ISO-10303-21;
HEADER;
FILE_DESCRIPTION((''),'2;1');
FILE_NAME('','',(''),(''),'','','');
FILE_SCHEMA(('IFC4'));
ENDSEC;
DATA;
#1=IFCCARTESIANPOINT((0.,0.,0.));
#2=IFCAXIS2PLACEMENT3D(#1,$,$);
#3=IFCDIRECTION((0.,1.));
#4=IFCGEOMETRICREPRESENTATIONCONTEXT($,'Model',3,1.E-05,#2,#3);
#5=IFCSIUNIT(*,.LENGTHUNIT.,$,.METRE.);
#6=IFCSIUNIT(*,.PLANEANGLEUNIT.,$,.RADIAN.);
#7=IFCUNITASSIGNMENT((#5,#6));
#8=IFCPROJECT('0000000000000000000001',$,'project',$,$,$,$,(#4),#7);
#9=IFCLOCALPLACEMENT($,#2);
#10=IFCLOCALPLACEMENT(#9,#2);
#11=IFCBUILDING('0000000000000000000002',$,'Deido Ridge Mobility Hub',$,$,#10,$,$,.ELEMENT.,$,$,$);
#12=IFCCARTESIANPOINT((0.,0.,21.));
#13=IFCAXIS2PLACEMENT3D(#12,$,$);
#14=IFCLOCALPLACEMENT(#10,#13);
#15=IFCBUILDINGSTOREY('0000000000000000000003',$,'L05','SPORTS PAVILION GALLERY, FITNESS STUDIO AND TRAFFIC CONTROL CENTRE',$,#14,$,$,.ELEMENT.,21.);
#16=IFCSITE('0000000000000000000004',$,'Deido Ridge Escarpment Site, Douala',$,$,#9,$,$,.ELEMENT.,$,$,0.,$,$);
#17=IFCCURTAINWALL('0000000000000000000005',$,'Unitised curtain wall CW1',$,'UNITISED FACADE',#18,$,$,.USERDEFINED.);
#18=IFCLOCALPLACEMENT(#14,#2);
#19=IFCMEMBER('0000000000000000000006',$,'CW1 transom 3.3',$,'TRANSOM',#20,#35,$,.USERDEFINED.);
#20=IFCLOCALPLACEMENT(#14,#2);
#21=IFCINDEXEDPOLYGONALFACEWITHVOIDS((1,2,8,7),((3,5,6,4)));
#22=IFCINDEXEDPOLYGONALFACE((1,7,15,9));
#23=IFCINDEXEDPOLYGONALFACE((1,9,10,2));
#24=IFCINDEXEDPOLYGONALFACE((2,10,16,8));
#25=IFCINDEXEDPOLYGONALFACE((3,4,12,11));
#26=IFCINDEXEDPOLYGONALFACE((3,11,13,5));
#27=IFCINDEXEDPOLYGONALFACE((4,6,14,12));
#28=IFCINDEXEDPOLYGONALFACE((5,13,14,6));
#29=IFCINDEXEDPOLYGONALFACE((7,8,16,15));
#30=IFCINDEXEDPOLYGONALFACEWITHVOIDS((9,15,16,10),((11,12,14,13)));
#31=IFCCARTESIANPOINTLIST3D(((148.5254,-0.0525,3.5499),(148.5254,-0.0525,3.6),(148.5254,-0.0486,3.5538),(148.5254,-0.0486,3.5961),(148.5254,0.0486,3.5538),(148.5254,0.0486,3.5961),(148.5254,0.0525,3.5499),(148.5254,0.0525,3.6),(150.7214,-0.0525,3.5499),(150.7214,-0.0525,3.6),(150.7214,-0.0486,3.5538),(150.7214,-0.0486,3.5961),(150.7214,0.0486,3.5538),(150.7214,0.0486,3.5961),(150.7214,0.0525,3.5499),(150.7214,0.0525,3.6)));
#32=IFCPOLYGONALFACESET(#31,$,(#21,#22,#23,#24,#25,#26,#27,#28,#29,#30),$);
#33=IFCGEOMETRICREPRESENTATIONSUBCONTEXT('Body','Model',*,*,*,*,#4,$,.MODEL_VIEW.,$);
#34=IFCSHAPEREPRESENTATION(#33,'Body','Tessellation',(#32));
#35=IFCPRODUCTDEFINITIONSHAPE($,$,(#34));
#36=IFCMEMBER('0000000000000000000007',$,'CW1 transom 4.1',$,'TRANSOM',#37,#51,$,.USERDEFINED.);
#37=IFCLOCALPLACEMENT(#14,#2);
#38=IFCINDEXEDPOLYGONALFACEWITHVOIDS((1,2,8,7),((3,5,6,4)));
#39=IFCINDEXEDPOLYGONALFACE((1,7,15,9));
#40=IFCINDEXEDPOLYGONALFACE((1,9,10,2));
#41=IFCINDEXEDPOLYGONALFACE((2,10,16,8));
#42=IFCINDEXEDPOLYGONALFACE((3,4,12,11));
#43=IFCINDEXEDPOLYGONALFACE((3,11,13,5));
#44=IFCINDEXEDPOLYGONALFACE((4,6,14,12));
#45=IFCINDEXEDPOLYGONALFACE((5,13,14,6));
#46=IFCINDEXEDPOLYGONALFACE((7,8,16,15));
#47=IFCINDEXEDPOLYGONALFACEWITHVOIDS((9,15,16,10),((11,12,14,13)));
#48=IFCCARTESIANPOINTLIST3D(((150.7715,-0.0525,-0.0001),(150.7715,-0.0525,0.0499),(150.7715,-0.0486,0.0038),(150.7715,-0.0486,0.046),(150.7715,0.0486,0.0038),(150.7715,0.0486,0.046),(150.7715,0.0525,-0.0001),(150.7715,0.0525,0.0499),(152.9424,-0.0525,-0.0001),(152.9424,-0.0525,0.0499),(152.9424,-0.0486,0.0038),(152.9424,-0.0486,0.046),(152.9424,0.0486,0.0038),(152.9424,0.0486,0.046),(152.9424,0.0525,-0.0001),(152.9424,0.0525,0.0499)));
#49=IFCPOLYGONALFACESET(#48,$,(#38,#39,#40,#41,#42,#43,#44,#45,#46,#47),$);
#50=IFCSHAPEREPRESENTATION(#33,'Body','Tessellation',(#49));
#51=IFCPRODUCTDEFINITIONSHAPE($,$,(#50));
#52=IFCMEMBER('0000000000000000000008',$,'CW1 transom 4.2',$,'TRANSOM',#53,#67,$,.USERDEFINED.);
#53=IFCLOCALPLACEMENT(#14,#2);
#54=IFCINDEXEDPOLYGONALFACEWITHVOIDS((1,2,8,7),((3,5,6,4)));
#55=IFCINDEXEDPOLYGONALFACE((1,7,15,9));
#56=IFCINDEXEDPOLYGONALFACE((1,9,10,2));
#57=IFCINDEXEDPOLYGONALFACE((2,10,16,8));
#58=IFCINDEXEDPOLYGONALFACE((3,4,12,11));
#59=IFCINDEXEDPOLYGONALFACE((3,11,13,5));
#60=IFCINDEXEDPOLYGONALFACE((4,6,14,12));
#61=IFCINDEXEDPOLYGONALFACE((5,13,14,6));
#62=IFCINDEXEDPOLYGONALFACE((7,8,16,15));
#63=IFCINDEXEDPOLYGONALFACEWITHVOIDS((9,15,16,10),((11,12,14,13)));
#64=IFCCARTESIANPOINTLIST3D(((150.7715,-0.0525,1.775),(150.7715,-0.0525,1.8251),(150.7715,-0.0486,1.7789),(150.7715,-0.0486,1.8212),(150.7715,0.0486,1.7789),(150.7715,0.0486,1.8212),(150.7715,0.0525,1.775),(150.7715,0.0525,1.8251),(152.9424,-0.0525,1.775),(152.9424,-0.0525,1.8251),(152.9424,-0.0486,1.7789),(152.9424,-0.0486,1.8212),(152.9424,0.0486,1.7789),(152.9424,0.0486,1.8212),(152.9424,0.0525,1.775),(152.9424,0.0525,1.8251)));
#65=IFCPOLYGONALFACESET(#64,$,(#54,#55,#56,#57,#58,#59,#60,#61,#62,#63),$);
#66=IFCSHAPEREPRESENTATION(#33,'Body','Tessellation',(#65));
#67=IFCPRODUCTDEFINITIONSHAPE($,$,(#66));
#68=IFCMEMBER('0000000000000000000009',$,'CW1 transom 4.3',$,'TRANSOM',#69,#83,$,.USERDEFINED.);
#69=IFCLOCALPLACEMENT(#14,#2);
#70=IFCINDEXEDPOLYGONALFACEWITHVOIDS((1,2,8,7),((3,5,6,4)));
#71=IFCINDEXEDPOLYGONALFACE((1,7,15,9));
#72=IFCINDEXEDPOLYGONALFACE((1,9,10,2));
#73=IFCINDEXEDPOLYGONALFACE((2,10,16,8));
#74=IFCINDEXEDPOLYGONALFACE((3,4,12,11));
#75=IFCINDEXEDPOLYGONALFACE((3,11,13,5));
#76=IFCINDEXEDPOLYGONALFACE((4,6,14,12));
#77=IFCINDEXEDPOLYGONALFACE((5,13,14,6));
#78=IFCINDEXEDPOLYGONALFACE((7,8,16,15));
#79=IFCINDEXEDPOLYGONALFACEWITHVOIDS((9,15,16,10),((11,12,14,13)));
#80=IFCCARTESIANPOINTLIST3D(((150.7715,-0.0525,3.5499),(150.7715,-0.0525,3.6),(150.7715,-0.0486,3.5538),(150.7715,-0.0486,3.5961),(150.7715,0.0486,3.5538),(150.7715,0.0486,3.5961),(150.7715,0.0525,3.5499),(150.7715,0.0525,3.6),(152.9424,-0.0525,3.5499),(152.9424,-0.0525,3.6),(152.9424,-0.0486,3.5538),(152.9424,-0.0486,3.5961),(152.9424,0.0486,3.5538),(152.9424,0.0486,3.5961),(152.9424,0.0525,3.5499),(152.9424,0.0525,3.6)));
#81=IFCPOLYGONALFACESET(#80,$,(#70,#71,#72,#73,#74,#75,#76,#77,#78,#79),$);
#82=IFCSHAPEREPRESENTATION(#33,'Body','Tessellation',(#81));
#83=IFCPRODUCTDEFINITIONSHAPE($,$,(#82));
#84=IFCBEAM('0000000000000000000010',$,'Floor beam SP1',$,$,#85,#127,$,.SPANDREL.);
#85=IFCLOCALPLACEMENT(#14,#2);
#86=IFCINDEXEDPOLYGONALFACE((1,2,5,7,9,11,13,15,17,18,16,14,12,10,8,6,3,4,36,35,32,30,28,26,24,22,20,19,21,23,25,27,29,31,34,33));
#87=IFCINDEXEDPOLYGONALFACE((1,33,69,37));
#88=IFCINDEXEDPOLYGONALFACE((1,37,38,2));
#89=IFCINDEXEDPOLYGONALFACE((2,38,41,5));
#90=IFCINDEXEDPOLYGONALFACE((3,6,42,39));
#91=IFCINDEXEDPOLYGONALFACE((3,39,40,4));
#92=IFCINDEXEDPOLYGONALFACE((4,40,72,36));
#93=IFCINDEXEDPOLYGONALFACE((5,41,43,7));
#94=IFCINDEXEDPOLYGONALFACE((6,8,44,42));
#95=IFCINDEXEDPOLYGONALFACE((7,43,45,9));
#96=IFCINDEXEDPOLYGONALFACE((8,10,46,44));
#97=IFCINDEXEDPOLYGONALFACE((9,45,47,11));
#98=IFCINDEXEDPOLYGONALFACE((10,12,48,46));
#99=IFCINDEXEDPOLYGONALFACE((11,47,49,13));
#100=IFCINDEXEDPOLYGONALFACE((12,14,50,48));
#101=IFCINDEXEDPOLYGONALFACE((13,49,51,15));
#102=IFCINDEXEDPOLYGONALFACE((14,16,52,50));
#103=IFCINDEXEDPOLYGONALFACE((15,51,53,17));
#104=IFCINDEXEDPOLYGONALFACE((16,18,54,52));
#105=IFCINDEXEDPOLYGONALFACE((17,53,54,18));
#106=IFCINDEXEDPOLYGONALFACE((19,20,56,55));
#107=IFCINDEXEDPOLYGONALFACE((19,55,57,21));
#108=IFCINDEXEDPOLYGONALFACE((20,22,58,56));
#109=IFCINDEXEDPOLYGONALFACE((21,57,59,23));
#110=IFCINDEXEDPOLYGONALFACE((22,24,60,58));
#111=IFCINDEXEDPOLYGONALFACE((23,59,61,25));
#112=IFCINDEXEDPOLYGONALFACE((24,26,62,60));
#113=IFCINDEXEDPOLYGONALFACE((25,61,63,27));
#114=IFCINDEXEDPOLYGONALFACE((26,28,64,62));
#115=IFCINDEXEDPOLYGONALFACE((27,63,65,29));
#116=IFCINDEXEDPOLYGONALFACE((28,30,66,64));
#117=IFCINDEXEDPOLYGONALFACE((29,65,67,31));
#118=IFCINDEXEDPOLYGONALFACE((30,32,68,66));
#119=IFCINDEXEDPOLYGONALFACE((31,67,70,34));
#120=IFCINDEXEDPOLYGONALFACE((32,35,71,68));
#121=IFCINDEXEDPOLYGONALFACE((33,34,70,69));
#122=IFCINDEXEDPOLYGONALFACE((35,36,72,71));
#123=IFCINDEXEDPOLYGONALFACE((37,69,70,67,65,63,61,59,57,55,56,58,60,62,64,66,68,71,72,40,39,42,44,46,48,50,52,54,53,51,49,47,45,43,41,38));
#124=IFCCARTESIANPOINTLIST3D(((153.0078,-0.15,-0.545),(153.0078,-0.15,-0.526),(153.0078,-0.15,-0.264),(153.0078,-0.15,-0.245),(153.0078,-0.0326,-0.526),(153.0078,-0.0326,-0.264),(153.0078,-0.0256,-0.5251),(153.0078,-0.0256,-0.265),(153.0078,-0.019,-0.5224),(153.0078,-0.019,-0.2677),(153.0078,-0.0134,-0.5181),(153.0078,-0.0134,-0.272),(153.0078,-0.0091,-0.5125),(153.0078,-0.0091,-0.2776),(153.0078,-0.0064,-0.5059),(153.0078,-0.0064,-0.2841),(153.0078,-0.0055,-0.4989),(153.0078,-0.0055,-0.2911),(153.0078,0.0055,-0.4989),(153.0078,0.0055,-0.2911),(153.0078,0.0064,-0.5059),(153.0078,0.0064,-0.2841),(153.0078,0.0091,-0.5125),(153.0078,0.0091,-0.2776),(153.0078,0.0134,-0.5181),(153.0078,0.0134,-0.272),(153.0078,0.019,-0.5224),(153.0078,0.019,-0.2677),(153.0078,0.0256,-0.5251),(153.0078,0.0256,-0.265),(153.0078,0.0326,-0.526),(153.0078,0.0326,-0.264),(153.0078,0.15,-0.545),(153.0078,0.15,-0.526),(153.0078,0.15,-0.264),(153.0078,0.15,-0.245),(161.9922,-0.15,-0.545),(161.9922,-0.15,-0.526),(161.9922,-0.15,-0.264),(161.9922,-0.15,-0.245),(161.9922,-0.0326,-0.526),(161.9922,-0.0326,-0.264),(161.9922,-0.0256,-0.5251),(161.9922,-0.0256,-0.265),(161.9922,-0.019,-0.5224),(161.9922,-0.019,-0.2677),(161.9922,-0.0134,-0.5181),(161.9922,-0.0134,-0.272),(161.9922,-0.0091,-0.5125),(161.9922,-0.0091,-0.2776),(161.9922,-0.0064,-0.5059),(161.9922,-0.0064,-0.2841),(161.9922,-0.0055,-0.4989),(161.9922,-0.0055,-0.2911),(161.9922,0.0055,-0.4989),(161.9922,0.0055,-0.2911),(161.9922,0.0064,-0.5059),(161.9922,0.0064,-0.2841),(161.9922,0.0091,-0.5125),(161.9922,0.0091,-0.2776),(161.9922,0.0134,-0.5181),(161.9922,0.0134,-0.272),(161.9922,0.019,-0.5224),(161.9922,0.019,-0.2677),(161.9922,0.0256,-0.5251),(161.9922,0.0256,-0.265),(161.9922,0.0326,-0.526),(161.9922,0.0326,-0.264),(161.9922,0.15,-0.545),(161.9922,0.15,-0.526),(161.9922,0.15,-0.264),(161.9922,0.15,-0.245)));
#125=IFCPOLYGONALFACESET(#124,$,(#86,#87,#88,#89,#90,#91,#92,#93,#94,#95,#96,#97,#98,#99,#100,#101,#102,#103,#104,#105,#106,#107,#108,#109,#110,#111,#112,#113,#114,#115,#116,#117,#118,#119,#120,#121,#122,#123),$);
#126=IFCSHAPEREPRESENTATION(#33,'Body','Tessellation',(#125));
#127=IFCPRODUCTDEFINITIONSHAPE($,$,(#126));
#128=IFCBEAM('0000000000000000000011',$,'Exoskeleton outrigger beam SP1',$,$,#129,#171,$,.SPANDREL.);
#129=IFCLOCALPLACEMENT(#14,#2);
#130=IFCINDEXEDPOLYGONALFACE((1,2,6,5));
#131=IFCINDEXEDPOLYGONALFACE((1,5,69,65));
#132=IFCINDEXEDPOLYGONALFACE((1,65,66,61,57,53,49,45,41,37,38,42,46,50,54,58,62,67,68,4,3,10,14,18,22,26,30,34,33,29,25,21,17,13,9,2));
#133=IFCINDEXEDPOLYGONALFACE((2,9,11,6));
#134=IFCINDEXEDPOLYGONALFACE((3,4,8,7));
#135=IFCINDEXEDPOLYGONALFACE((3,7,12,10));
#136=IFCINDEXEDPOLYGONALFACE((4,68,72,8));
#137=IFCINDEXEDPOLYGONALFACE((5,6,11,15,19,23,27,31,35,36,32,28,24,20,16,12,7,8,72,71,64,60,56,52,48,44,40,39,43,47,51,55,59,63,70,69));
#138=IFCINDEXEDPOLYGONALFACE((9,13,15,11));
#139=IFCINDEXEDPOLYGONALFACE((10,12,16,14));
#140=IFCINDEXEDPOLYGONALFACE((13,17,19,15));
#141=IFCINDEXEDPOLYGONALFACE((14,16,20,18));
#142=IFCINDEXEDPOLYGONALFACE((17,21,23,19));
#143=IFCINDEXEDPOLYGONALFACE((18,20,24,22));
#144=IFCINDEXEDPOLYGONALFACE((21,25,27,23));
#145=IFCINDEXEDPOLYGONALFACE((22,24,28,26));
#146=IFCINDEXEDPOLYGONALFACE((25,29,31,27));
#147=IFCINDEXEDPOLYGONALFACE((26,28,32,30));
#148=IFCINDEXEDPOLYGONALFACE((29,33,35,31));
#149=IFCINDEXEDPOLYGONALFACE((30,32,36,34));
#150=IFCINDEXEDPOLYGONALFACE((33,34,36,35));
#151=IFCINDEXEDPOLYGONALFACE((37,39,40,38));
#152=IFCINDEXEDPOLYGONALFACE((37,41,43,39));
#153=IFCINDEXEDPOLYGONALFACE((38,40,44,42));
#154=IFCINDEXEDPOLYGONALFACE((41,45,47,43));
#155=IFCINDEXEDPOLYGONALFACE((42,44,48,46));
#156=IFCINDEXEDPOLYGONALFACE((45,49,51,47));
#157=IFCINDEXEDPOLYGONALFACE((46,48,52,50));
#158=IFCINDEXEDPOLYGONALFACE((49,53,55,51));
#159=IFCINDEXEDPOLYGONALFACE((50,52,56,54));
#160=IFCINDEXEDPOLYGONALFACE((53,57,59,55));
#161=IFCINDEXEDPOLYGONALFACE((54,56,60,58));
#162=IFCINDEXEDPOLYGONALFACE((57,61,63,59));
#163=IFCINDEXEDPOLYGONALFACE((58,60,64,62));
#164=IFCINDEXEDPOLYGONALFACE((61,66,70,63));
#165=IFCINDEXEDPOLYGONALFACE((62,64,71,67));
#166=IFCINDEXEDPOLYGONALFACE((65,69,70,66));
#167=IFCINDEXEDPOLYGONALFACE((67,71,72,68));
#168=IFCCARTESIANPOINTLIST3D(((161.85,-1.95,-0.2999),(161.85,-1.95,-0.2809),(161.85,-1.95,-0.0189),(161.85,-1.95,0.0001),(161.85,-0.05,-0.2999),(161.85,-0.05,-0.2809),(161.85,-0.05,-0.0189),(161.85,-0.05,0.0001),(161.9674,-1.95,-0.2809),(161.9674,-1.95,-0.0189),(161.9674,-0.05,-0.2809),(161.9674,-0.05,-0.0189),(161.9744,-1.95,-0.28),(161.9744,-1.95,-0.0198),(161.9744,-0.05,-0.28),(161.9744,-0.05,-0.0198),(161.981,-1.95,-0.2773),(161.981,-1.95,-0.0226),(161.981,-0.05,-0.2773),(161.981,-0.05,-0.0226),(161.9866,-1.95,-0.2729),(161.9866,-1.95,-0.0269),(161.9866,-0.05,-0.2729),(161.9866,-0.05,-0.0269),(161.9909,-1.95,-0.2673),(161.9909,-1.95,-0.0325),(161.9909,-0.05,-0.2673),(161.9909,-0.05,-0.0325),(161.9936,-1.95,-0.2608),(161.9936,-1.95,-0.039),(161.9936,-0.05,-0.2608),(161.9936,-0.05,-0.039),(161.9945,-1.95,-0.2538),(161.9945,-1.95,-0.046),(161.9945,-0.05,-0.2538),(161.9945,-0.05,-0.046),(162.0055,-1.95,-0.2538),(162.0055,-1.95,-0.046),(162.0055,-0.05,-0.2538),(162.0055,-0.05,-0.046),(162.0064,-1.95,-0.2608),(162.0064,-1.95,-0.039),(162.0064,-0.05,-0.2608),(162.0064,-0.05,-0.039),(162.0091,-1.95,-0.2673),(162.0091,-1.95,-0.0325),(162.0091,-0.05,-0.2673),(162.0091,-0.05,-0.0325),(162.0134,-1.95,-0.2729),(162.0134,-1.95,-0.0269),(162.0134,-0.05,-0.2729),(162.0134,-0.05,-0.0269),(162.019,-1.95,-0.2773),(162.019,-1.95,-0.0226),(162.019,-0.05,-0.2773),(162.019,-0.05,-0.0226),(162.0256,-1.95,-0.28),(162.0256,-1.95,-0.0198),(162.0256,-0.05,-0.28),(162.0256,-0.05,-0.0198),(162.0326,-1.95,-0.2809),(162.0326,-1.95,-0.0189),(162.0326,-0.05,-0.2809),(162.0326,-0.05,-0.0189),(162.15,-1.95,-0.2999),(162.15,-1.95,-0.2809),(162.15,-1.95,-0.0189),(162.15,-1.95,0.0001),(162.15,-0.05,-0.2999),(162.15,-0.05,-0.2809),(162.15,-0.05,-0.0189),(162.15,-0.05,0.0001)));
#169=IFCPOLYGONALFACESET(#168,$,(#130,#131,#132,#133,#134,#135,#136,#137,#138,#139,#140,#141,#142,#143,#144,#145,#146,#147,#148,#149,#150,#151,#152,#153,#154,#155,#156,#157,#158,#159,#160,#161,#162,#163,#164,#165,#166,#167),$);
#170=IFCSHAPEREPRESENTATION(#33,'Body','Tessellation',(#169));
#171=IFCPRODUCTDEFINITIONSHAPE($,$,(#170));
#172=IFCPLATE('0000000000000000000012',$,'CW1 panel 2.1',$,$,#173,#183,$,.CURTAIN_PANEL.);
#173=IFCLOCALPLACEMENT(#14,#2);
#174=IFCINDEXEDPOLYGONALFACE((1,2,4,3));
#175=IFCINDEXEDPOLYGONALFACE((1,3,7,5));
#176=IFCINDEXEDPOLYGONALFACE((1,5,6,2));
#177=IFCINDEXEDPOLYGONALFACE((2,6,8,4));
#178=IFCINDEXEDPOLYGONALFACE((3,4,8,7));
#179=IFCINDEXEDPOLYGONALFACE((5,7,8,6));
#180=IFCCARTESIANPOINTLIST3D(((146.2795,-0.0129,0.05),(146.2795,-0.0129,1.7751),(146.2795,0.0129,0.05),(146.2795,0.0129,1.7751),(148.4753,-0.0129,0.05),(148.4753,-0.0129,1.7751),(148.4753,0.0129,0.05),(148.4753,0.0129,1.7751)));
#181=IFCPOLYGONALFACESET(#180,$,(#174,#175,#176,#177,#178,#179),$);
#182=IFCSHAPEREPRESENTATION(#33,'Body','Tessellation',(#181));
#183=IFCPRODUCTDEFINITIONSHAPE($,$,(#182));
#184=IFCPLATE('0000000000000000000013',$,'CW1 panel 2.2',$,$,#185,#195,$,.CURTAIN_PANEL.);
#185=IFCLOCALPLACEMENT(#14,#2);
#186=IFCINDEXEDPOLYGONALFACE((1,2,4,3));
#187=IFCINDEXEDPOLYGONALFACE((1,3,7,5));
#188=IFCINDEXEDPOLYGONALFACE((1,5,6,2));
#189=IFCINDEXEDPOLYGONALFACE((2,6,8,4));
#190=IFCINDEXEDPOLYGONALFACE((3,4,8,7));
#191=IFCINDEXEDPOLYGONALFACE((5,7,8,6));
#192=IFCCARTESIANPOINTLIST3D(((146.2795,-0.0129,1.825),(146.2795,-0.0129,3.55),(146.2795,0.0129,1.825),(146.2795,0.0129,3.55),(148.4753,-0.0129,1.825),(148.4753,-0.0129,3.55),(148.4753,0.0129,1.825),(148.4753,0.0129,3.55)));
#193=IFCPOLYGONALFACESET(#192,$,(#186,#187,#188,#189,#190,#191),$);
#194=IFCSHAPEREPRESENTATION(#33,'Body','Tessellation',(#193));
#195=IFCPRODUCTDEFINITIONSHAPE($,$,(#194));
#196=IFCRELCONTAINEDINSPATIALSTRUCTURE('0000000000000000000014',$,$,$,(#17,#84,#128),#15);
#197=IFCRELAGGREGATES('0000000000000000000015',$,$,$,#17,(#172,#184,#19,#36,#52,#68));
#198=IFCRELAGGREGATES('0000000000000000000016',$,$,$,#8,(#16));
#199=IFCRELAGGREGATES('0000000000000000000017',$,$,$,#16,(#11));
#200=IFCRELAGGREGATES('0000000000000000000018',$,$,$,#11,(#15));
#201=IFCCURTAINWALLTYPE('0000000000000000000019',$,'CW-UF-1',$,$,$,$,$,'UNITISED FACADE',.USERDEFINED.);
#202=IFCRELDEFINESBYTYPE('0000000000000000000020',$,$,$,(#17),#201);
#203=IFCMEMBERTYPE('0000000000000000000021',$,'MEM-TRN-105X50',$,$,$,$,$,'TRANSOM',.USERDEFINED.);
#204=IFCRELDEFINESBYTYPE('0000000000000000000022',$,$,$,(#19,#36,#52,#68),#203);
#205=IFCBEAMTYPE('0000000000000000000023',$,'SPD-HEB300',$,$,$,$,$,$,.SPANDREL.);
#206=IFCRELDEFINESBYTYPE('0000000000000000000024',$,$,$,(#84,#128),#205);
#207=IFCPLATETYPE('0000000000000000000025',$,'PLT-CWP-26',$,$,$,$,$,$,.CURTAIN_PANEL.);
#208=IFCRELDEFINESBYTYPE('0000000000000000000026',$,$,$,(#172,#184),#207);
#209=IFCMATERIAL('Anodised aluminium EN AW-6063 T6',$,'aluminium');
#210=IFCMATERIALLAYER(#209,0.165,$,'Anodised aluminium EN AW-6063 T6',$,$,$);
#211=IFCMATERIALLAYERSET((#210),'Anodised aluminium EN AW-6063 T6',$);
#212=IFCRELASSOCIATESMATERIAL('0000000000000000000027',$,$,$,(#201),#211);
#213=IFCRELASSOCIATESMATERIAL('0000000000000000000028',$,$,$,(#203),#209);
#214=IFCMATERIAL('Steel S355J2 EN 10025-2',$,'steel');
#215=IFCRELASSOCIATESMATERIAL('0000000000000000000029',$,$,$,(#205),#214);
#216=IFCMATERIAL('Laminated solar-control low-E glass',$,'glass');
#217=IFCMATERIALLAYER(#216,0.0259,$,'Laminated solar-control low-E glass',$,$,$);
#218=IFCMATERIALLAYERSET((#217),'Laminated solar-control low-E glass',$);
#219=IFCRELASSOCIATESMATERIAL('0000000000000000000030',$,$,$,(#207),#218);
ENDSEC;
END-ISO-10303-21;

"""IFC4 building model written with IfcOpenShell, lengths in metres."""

from ifc_helpers import new_model, si_unit, direction, frame, origin, origin_2d, place, context, subcontext, project, spatial, rectangle, hollow_rectangle, i_section, extrude, material, layer, layer_set, material_profile, profile_set, type_object, element, aggregate, save


model = new_model("IFC4")

# Units and contexts
model_context = context("Model", 3, precision=1e-05, world=origin(), true_north=direction((0.0, 1.0)))
body_context = subcontext(model_context, "Body", "Model", "MODEL_VIEW")
ifc_project = project(units=[si_unit("LENGTHUNIT", "METRE"), si_unit("PLANEANGLEUNIT", "RADIAN")], contexts=[model_context])

# Site, building, storey
site_placement = place(None, origin())
site = spatial("IfcSite", under=ifc_project, at=site_placement, Name="Deido Ridge Escarpment Site, Douala", CompositionType="ELEMENT", RefElevation=0.0)
building_placement = place(site_placement, origin())
building = spatial("IfcBuilding", under=site, at=building_placement, Name="Deido Ridge Mobility Hub", CompositionType="ELEMENT")
storey_placement = place(building_placement, frame((0.0, 0.0, 21.0)))
storey = spatial("IfcBuildingStorey", under=building, at=storey_placement, Name="L05", Description="SPORTS PAVILION GALLERY, FITNESS STUDIO AND TRAFFIC CONTROL CENTRE", CompositionType="ELEMENT", Elevation=21.0)

# Shared definitions
ifc_material_1 = material(Name="Steel S355J2 EN 10025-2", Category="steel")

# Curtain wall
ifc_material_2 = material(Name="Anodised aluminium EN AW-6063 T6", Category="aluminium")
ifc_layer_1 = layer(ifc_material_2, 0.165, Name="Anodised aluminium EN AW-6063 T6")
ifc_layer_set_1 = layer_set([ifc_layer_1], Name="Anodised aluminium EN AW-6063 T6")
curtain_wall_type = type_object("IfcCurtainWallType", Name="CW-UF-1", ElementType="UNITISED FACADE", PredefinedType="USERDEFINED", material=ifc_layer_set_1)
curtain_wall_placement = place(storey_placement, origin())
curtain_wall = element("IfcCurtainWall", 1, at=curtain_wall_placement, inside=storey, type_object=curtain_wall_type, Name="Unitised curtain wall CW1", ObjectType="UNITISED FACADE", PredefinedType="USERDEFINED")

# Members
ifc_material_profile_1 = material_profile(ifc_material_2, hollow_rectangle(XDim=0.105, YDim=0.05, WallThickness=0.0039, at=origin_2d()), Name="RHS 105x50x4")
ifc_profile_set_1 = profile_set([ifc_material_profile_1], Name="Anodised aluminium EN AW-6063 T6")
member_type_1 = type_object("IfcMemberType", Name="MEM-TRN-105X50", ElementType="TRANSOM", PredefinedType="USERDEFINED", material=ifc_profile_set_1)
member_1_placement = place(storey_placement, frame((148.5254, 0.0, 3.575), z_axis=(1.0, 0.0, 0.0), x_axis=(0.0, 1.0, 0.0)))
member_1 = element("IfcMember", 2, at=member_1_placement, type_object=member_type_1, Name="CW1 transom 3.3", ObjectType="TRANSOM", PredefinedType="USERDEFINED", context=body_context, shape_type="SweptSolid", body=[
    extrude(hollow_rectangle(XDim=0.105, YDim=0.05, WallThickness=0.0039, at=origin_2d()), origin(), (0.0, 0.0, 1.0), 2.196),
])
member_2_placement = place(storey_placement, frame((150.7715, 0.0, 0.0249), z_axis=(1.0, 0.0, 0.0), x_axis=(0.0, 1.0, 0.0)))
member_2 = element("IfcMember", 3, at=member_2_placement, type_object=member_type_1, Name="CW1 transom 4.1", ObjectType="TRANSOM", PredefinedType="USERDEFINED", context=body_context, shape_type="SweptSolid", body=[
    extrude(hollow_rectangle(XDim=0.105, YDim=0.05, WallThickness=0.0039, at=origin_2d()), origin(), (0.0, 0.0, 1.0), 2.1709),
])
member_3_placement = place(storey_placement, frame((150.7715, 0.0, 1.8), z_axis=(1.0, 0.0, 0.0), x_axis=(0.0, 1.0, 0.0)))
member_3 = element("IfcMember", 4, at=member_3_placement, type_object=member_type_1, Name="CW1 transom 4.2", ObjectType="TRANSOM", PredefinedType="USERDEFINED", context=body_context, shape_type="SweptSolid", body=[
    extrude(hollow_rectangle(XDim=0.105, YDim=0.05, WallThickness=0.0039, at=origin_2d()), origin(), (0.0, 0.0, 1.0), 2.1709),
])
member_4_placement = place(storey_placement, frame((150.7715, 0.0, 3.575), z_axis=(1.0, 0.0, 0.0), x_axis=(0.0, 1.0, 0.0)))
member_4 = element("IfcMember", 5, at=member_4_placement, type_object=member_type_1, Name="CW1 transom 4.3", ObjectType="TRANSOM", PredefinedType="USERDEFINED", context=body_context, shape_type="SweptSolid", body=[
    extrude(hollow_rectangle(XDim=0.105, YDim=0.05, WallThickness=0.0039, at=origin_2d()), origin(), (0.0, 0.0, 1.0), 2.1709),
])

# Beams
ifc_material_profile_2 = material_profile(ifc_material_1, i_section(OverallWidth=0.3, OverallDepth=0.3, WebThickness=0.011, FlangeThickness=0.019, FilletRadius=0.0271, at=origin_2d()), Name="HEB 300")
ifc_profile_set_2 = profile_set([ifc_material_profile_2], Name="Steel S355J2 EN 10025-2")
beam_type_1 = type_object("IfcBeamType", Name="SPD-HEB300", PredefinedType="SPANDREL", material=ifc_profile_set_2)
beam_1_placement = place(storey_placement, frame((153.0078, 0.0, -0.395), z_axis=(1.0, 0.0, 0.0), x_axis=(0.0, 1.0, 0.0)))
element("IfcBeam", 6, at=beam_1_placement, inside=storey, type_object=beam_type_1, Name="Floor beam SP1", PredefinedType="SPANDREL", context=body_context, shape_type="SweptSolid", body=[
    extrude(i_section(OverallWidth=0.3, OverallDepth=0.3, WebThickness=0.011, FlangeThickness=0.019, FilletRadius=0.0271, at=origin_2d()), origin(), (0.0, 0.0, 1.0), 8.9844),
])
beam_2_placement = place(storey_placement, frame((162.0, -0.05, -0.1499), z_axis=(0.0, -1.0, 0.0), x_axis=(1.0, 0.0, 0.0)))
element("IfcBeam", 7, at=beam_2_placement, inside=storey, type_object=beam_type_1, Name="Exoskeleton outrigger beam SP1", PredefinedType="SPANDREL", context=body_context, shape_type="SweptSolid", body=[
    extrude(i_section(OverallWidth=0.3, OverallDepth=0.3, WebThickness=0.011, FlangeThickness=0.019, FilletRadius=0.0271, at=origin_2d()), origin(), (0.0, 0.0, 1.0), 1.8999),
])

# Plates
ifc_material_3 = material(Name="Laminated solar-control low-E glass", Category="glass")
ifc_layer_2 = layer(ifc_material_3, 0.0259, Name="Laminated solar-control low-E glass")
ifc_layer_set_2 = layer_set([ifc_layer_2], Name="Laminated solar-control low-E glass")
plate_type = type_object("IfcPlateType", Name="PLT-CWP-26", PredefinedType="CURTAIN_PANEL", material=ifc_layer_set_2)
plate_1_placement = place(storey_placement, frame((147.3774, 0.0, 0.05), z_axis=(0.0, 0.0, 1.0), x_axis=(1.0, 0.0, 0.0)))
plate_1 = element("IfcPlate", 8, at=plate_1_placement, type_object=plate_type, Name="CW1 panel 2.1", PredefinedType="CURTAIN_PANEL", context=body_context, shape_type="SweptSolid", body=[
    extrude(rectangle(XDim=2.1958, YDim=0.0259, at=origin_2d()), origin(), (0.0, 0.0, 1.0), 1.7251),
])
plate_2_placement = place(storey_placement, frame((147.3774, 0.0, 1.825), z_axis=(0.0, 0.0, 1.0), x_axis=(1.0, 0.0, 0.0)))
plate_2 = element("IfcPlate", 9, at=plate_2_placement, type_object=plate_type, Name="CW1 panel 2.2", PredefinedType="CURTAIN_PANEL", context=body_context, shape_type="SweptSolid", body=[
    extrude(rectangle(XDim=2.1958, YDim=0.0259, at=origin_2d()), origin(), (0.0, 0.0, 1.0), 1.7251),
])
aggregate(curtain_wall, [plate_1, plate_2, member_1, member_2, member_3, member_4])

save(model, "model.ifc")
